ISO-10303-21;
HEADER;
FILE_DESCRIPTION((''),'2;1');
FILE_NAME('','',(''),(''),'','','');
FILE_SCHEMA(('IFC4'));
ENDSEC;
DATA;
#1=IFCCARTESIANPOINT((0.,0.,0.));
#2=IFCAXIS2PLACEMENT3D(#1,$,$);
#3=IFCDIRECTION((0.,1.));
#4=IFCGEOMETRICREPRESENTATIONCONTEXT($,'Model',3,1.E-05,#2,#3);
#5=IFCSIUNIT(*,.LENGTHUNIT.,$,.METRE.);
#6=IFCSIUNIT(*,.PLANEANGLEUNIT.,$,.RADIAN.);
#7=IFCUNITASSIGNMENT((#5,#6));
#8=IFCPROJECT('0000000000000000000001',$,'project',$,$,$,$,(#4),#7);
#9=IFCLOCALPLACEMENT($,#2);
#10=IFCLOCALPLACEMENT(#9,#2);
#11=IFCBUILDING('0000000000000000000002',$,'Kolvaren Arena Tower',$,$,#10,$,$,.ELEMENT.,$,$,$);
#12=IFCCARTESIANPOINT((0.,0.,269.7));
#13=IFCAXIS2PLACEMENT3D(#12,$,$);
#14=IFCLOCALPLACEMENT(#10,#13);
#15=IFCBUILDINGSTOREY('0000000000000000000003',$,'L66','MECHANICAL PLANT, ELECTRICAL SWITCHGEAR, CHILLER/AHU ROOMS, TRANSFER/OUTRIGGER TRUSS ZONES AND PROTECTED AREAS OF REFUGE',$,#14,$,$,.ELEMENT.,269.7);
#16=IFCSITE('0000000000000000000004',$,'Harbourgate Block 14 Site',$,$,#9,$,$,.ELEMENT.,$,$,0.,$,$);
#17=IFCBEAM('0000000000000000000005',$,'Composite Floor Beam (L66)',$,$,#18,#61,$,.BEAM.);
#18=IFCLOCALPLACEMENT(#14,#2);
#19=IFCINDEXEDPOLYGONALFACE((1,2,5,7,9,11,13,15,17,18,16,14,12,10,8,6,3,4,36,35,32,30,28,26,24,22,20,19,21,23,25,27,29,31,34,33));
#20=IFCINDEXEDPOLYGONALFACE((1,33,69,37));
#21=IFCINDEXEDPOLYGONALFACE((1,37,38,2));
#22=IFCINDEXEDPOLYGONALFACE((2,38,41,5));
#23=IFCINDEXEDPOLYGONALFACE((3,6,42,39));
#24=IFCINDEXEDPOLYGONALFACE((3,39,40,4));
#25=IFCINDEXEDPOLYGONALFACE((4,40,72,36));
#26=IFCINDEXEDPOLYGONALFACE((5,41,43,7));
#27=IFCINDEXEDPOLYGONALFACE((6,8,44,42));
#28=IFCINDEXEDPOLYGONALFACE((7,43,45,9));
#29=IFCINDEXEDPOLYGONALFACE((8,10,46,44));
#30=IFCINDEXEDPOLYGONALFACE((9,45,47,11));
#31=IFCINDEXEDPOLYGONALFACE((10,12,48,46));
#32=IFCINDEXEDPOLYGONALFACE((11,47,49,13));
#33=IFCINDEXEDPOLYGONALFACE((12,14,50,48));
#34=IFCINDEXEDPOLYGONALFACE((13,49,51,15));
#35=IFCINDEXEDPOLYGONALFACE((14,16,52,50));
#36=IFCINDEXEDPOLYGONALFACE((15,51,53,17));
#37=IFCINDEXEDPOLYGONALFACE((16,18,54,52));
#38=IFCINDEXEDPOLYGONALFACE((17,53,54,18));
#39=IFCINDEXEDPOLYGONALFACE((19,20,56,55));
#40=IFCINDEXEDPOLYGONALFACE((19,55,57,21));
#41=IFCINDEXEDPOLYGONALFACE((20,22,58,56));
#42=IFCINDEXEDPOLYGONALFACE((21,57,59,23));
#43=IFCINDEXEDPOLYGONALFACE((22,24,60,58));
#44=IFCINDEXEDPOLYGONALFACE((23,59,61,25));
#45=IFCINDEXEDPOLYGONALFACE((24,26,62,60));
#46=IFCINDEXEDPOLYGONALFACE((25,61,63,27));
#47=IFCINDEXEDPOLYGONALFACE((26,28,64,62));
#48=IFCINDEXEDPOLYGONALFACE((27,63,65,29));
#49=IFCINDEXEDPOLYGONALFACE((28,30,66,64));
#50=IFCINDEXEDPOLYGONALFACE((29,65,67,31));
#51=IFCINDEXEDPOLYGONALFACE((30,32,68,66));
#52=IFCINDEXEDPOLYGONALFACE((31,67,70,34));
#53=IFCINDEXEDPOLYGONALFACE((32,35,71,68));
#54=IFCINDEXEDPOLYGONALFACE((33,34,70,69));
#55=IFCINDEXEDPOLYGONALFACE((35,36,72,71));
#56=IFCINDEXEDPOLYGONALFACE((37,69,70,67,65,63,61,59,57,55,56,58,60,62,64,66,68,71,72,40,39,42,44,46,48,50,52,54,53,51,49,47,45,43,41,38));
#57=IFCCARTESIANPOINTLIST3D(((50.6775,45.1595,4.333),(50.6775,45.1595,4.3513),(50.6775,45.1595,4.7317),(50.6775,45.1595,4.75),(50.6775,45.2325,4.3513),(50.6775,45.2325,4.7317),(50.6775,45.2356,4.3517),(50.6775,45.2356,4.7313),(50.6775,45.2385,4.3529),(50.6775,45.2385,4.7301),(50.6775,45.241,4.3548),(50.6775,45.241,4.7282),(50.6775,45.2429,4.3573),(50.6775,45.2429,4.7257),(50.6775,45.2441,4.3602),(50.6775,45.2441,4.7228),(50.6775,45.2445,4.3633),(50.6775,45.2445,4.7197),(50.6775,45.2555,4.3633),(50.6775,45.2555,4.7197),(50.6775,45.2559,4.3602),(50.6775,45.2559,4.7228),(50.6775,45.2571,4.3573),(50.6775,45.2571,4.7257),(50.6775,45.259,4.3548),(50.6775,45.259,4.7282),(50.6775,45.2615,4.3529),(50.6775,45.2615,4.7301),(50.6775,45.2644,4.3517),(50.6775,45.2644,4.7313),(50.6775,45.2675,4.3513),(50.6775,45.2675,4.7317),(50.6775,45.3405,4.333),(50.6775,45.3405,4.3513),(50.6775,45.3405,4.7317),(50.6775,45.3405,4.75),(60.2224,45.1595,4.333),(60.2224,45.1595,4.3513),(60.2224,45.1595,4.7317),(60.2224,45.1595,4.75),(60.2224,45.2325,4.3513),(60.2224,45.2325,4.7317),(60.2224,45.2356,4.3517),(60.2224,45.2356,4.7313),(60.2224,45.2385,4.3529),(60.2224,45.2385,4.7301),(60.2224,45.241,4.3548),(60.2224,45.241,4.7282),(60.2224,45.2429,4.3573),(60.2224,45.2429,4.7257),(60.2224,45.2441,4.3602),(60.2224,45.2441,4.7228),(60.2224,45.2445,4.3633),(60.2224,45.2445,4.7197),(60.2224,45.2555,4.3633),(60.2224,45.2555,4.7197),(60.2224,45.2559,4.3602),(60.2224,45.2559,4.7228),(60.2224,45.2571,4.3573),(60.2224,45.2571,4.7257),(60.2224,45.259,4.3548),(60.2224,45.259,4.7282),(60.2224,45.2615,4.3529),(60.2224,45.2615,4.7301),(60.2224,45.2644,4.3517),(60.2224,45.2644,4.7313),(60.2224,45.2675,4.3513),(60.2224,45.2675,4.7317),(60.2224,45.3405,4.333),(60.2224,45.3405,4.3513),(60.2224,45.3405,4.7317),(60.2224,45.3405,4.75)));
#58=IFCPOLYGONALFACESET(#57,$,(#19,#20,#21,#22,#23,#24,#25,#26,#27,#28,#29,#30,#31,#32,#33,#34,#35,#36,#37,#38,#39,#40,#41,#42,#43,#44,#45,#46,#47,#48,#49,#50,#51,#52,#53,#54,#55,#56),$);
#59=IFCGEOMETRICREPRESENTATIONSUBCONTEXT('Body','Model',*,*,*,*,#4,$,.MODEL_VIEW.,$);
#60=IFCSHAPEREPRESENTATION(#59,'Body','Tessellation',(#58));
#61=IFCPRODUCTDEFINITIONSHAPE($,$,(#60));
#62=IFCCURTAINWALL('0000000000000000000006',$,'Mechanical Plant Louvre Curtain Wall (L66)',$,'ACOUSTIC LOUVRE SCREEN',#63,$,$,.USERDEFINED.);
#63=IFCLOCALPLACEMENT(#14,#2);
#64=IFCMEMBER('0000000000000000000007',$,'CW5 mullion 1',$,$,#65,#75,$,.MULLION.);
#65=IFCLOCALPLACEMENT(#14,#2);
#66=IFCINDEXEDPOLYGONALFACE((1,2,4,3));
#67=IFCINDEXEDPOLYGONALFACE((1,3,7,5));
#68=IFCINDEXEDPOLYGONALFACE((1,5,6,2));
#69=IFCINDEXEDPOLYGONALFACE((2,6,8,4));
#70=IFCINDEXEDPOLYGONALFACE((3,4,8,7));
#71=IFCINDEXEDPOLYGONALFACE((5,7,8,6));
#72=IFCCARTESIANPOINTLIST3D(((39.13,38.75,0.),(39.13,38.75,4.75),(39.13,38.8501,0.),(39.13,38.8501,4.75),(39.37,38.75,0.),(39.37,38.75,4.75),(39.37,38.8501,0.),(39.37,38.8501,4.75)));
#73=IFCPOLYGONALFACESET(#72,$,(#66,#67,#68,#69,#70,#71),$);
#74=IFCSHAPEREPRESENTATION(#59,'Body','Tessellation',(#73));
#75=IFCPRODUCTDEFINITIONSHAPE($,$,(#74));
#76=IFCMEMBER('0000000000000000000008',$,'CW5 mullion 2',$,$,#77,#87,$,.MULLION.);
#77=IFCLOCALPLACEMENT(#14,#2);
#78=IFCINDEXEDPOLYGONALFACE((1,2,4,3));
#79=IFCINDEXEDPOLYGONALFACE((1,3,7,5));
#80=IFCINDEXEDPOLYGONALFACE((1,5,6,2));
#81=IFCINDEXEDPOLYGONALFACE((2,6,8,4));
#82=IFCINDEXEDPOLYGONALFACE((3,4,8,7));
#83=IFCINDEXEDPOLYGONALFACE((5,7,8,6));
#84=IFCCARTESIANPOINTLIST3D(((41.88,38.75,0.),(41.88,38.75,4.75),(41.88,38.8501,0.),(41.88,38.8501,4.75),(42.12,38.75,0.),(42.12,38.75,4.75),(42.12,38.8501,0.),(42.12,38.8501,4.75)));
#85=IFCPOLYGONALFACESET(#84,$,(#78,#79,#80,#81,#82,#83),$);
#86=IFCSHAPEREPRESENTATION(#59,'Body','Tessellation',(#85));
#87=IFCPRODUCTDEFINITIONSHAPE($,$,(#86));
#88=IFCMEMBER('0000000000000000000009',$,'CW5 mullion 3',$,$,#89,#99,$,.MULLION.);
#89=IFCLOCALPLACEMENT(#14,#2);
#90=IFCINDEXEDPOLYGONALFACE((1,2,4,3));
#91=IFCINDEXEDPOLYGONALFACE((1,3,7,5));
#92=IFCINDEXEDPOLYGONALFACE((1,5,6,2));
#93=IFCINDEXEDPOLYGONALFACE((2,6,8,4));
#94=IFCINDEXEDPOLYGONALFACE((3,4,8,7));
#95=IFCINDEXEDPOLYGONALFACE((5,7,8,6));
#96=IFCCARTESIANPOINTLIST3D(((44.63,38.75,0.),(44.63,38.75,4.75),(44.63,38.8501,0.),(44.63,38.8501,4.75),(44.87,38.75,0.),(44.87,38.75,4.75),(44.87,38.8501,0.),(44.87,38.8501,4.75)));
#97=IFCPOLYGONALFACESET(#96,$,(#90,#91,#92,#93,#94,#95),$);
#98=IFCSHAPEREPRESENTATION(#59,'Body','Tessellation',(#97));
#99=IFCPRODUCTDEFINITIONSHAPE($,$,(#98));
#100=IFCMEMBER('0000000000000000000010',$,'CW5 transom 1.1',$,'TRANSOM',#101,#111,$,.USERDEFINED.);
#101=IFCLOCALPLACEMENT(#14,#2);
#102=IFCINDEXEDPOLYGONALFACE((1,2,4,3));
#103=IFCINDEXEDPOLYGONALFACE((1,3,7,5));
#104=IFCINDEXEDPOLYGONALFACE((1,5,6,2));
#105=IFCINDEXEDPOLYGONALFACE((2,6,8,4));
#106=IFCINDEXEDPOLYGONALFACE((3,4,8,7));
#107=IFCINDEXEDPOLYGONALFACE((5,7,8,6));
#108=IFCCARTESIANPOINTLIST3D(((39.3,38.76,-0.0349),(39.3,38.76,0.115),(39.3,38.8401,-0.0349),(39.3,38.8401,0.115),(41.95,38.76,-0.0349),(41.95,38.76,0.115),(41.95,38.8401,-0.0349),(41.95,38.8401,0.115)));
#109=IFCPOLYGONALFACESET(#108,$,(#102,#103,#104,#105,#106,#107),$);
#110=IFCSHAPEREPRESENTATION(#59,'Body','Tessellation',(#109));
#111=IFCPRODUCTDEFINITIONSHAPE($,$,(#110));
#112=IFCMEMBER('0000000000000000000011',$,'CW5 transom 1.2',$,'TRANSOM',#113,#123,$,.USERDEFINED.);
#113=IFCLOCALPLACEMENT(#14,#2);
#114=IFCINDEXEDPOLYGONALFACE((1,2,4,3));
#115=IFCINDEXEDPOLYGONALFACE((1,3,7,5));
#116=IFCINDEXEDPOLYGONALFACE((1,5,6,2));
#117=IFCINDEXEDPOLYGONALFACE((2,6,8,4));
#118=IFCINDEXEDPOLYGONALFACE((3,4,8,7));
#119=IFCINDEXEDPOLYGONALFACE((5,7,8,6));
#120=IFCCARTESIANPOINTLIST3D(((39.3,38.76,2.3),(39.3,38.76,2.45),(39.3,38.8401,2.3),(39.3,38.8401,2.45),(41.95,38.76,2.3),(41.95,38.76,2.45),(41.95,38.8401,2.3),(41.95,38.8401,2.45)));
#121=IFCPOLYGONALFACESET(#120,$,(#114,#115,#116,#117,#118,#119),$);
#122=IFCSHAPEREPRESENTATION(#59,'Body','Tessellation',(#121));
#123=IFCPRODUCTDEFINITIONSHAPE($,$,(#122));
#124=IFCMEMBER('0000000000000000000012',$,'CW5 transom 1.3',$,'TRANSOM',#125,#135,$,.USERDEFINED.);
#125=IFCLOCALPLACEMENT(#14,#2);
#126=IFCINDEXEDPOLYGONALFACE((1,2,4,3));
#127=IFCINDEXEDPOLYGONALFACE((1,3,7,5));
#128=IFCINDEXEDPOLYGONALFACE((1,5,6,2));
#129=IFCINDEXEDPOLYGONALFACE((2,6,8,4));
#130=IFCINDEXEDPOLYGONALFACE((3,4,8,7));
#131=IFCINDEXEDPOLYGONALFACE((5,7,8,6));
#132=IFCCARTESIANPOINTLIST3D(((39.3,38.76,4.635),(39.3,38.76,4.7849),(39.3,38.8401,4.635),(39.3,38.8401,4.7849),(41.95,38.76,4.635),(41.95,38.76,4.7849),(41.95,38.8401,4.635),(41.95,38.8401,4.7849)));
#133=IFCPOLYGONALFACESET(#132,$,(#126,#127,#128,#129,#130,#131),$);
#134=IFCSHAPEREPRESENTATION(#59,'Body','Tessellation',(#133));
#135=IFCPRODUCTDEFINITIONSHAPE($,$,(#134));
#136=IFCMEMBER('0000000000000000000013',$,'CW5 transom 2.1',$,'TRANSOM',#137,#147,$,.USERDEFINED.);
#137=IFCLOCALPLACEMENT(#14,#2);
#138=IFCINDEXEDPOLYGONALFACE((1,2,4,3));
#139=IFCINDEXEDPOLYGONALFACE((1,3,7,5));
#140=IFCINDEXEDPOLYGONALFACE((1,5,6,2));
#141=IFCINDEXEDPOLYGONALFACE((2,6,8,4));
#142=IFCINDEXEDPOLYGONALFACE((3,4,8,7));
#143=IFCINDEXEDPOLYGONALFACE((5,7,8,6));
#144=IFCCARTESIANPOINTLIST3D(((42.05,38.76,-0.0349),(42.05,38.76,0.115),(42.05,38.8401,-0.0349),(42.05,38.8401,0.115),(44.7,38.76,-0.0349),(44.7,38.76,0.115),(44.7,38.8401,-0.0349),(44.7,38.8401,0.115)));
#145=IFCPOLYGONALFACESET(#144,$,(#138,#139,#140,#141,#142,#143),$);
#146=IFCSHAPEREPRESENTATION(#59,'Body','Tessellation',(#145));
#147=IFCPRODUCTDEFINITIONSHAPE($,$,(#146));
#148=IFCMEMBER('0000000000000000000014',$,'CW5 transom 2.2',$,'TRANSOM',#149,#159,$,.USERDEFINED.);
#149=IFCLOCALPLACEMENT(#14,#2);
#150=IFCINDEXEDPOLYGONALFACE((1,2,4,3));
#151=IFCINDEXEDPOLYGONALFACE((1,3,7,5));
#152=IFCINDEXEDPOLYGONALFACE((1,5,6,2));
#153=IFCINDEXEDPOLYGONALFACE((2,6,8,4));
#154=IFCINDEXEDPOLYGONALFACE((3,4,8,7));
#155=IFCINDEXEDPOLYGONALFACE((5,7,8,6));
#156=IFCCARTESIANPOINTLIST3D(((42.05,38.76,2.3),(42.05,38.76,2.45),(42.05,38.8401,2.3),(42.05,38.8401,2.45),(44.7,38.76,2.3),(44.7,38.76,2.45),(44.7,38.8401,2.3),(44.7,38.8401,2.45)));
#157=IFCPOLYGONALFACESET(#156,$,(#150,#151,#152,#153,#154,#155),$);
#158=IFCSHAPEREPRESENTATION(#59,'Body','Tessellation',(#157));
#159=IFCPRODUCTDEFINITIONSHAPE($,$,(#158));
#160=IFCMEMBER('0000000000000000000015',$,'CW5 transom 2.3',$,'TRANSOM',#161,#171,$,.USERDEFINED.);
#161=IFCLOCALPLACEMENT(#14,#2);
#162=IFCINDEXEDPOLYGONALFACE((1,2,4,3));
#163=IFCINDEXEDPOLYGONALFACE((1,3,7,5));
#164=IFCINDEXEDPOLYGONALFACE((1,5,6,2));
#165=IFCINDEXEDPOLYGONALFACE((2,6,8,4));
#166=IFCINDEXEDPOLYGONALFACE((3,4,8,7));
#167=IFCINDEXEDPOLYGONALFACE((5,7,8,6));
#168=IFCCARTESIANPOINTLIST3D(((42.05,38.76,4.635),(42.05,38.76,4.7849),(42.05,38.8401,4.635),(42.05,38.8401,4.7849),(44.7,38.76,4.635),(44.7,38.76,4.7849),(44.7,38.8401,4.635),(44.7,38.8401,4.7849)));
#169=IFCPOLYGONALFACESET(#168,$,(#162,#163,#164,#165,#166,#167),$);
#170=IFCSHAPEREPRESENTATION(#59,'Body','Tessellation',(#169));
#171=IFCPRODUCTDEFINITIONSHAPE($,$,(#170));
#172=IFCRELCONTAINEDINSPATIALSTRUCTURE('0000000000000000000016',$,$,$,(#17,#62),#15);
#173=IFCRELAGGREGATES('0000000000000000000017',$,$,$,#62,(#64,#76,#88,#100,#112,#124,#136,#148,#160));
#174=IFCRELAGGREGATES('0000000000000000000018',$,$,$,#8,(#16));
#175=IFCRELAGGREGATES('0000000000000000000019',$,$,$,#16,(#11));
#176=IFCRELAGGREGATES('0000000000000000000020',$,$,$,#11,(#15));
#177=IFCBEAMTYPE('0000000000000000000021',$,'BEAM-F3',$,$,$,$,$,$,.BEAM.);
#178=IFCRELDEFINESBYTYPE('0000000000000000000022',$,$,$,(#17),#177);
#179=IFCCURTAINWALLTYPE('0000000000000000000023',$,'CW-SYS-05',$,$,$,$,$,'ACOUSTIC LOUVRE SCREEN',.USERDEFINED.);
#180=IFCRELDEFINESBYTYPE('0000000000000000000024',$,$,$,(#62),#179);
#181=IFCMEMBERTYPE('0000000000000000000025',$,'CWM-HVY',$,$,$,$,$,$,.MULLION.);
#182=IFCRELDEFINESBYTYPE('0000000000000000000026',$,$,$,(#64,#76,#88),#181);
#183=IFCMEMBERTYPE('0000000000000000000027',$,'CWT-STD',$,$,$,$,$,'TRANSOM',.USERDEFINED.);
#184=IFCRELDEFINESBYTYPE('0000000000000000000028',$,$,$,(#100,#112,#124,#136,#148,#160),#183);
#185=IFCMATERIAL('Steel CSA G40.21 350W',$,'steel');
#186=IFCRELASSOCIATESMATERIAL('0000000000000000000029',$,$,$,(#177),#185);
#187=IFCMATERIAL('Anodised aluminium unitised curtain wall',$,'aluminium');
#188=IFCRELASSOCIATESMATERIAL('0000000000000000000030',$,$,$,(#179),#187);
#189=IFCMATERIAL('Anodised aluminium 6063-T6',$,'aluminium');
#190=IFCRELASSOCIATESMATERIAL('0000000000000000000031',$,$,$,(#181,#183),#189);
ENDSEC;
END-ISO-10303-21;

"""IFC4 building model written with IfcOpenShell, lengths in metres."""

from ifc_helpers import new_model, si_unit, direction, frame, origin, origin_2d, place, context, subcontext, project, spatial, rectangle, i_section, extrude, material, material_profile, profile_set, type_object, element, aggregate, save


model = new_model("IFC4")

# Units and contexts
model_context = context("Model", 3, precision=1e-05, world=origin(), true_north=direction((0.0, 1.0)))
body_context = subcontext(model_context, "Body", "Model", "MODEL_VIEW")
ifc_project = project(units=[si_unit("LENGTHUNIT", "METRE"), si_unit("PLANEANGLEUNIT", "RADIAN")], contexts=[model_context])

# Site, building, storey
site_placement = place(None, origin())
site = spatial("IfcSite", under=ifc_project, at=site_placement, Name="Harbourgate Block 14 Site", CompositionType="ELEMENT", RefElevation=0.0)
building_placement = place(site_placement, origin())
building = spatial("IfcBuilding", under=site, at=building_placement, Name="Kolvaren Arena Tower", CompositionType="ELEMENT")
storey_placement = place(building_placement, frame((0.0, 0.0, 269.7)))
storey = spatial("IfcBuildingStorey", under=building, at=storey_placement, Name="L66", Description="MECHANICAL PLANT, ELECTRICAL SWITCHGEAR, CHILLER/AHU ROOMS, TRANSFER/OUTRIGGER TRUSS ZONES AND PROTECTED AREAS OF REFUGE", CompositionType="ELEMENT", Elevation=269.7)

# Beam
ifc_material_1 = material(Name="Steel CSA G40.21 350W", Category="steel")
ifc_material_profile_1 = material_profile(ifc_material_1, i_section(OverallWidth=0.1809, OverallDepth=0.417, WebThickness=0.011, FlangeThickness=0.0183, FilletRadius=0.012, at=origin_2d()), Name="W410x85")
ifc_profile_set_1 = profile_set([ifc_material_profile_1], Name="Steel CSA G40.21 350W")
beam_type_1 = type_object("IfcBeamType", Name="BEAM-F3", PredefinedType="BEAM", material=ifc_profile_set_1)
beam_1_placement = place(storey_placement, frame((50.6775, 45.25, 4.5415), z_axis=(1.0, 0.0, 0.0), x_axis=(0.0, 1.0, 0.0)))
element("IfcBeam", 1, at=beam_1_placement, inside=storey, type_object=beam_type_1, Name="Composite Floor Beam (L66)", PredefinedType="BEAM", context=body_context, shape_type="SweptSolid", body=[
    extrude(i_section(OverallWidth=0.1809, OverallDepth=0.417, WebThickness=0.011, FlangeThickness=0.0183, FilletRadius=0.012, at=origin_2d()), origin(), (0.0, 0.0, 1.0), 9.5449),
])

# Curtain wall, members
ifc_material_2 = material(Name="Anodised aluminium unitised curtain wall", Category="aluminium")
curtain_wall_type = type_object("IfcCurtainWallType", Name="CW-SYS-05", ElementType="ACOUSTIC LOUVRE SCREEN", PredefinedType="USERDEFINED", material=ifc_material_2)
curtain_wall_placement = place(storey_placement, origin())
curtain_wall = element("IfcCurtainWall", 2, at=curtain_wall_placement, inside=storey, type_object=curtain_wall_type, Name="Mechanical Plant Louvre Curtain Wall (L66)", ObjectType="ACOUSTIC LOUVRE SCREEN", PredefinedType="USERDEFINED")
ifc_material_3 = material(Name="Anodised aluminium 6063-T6", Category="aluminium")
ifc_material_profile_2 = material_profile(ifc_material_3, rectangle(XDim=0.1001, YDim=0.24, at=origin_2d()), Name="ALU-100x240")
ifc_profile_set_2 = profile_set([ifc_material_profile_2], Name="Anodised aluminium 6063-T6")
member_type_1 = type_object("IfcMemberType", Name="CWM-HVY", PredefinedType="MULLION", material=ifc_profile_set_2)
member_1_placement = place(storey_placement, frame((39.25, 38.8, 0.0), z_axis=(0.0, 0.0, 1.0), x_axis=(0.0, 1.0, 0.0)))
member_1 = element("IfcMember", 3, at=member_1_placement, type_object=member_type_1, Name="CW5 mullion 1", PredefinedType="MULLION", context=body_context, shape_type="SweptSolid", body=[
    extrude(rectangle(XDim=0.1001, YDim=0.24, at=origin_2d()), origin(), (0.0, 0.0, 1.0), 4.75),
])
member_2_placement = place(storey_placement, frame((42.0, 38.8, 0.0), z_axis=(0.0, 0.0, 1.0), x_axis=(0.0, 1.0, 0.0)))
member_2 = element("IfcMember", 4, at=member_2_placement, type_object=member_type_1, Name="CW5 mullion 2", PredefinedType="MULLION", context=body_context, shape_type="SweptSolid", body=[
    extrude(rectangle(XDim=0.1001, YDim=0.24, at=origin_2d()), origin(), (0.0, 0.0, 1.0), 4.75),
])
member_3_placement = place(storey_placement, frame((44.75, 38.8, 0.0), z_axis=(0.0, 0.0, 1.0), x_axis=(0.0, 1.0, 0.0)))
member_3 = element("IfcMember", 5, at=member_3_placement, type_object=member_type_1, Name="CW5 mullion 3", PredefinedType="MULLION", context=body_context, shape_type="SweptSolid", body=[
    extrude(rectangle(XDim=0.1001, YDim=0.24, at=origin_2d()), origin(), (0.0, 0.0, 1.0), 4.75),
])
ifc_material_profile_3 = material_profile(ifc_material_3, rectangle(XDim=0.0801, YDim=0.1499, at=origin_2d()), Name="ALU-80x150")
ifc_profile_set_3 = profile_set([ifc_material_profile_3], Name="Anodised aluminium 6063-T6")
member_type_2 = type_object("IfcMemberType", Name="CWT-STD", ElementType="TRANSOM", PredefinedType="USERDEFINED", material=ifc_profile_set_3)
member_4_placement = place(storey_placement, frame((39.3, 38.8, 0.04), z_axis=(1.0, 0.0, 0.0), x_axis=(0.0, 1.0, 0.0)))
member_4 = element("IfcMember", 6, at=member_4_placement, type_object=member_type_2, Name="CW5 transom 1.1", ObjectType="TRANSOM", PredefinedType="USERDEFINED", context=body_context, shape_type="SweptSolid", body=[
    extrude(rectangle(XDim=0.0801, YDim=0.1499, at=origin_2d()), origin(), (0.0, 0.0, 1.0), 2.6499),
])
member_5_placement = place(storey_placement, frame((39.3, 38.8, 2.375), z_axis=(1.0, 0.0, 0.0), x_axis=(0.0, 1.0, 0.0)))
member_5 = element("IfcMember", 7, at=member_5_placement, type_object=member_type_2, Name="CW5 transom 1.2", ObjectType="TRANSOM", PredefinedType="USERDEFINED", context=body_context, shape_type="SweptSolid", body=[
    extrude(rectangle(XDim=0.0801, YDim=0.1499, at=origin_2d()), origin(), (0.0, 0.0, 1.0), 2.6499),
])
member_6_placement = place(storey_placement, frame((39.3, 38.8, 4.71), z_axis=(1.0, 0.0, 0.0), x_axis=(0.0, 1.0, 0.0)))
member_6 = element("IfcMember", 8, at=member_6_placement, type_object=member_type_2, Name="CW5 transom 1.3", ObjectType="TRANSOM", PredefinedType="USERDEFINED", context=body_context, shape_type="SweptSolid", body=[
    extrude(rectangle(XDim=0.0801, YDim=0.1499, at=origin_2d()), origin(), (0.0, 0.0, 1.0), 2.6499),
])
member_7_placement = place(storey_placement, frame((42.05, 38.8, 0.04), z_axis=(1.0, 0.0, 0.0), x_axis=(0.0, 1.0, 0.0)))
member_7 = element("IfcMember", 9, at=member_7_placement, type_object=member_type_2, Name="CW5 transom 2.1", ObjectType="TRANSOM", PredefinedType="USERDEFINED", context=body_context, shape_type="SweptSolid", body=[
    extrude(rectangle(XDim=0.0801, YDim=0.1499, at=origin_2d()), origin(), (0.0, 0.0, 1.0), 2.6499),
])
member_8_placement = place(storey_placement, frame((42.05, 38.8, 2.375), z_axis=(1.0, 0.0, 0.0), x_axis=(0.0, 1.0, 0.0)))
member_8 = element("IfcMember", 10, at=member_8_placement, type_object=member_type_2, Name="CW5 transom 2.2", ObjectType="TRANSOM", PredefinedType="USERDEFINED", context=body_context, shape_type="SweptSolid", body=[
    extrude(rectangle(XDim=0.0801, YDim=0.1499, at=origin_2d()), origin(), (0.0, 0.0, 1.0), 2.6499),
])
member_9_placement = place(storey_placement, frame((42.05, 38.8, 4.71), z_axis=(1.0, 0.0, 0.0), x_axis=(0.0, 1.0, 0.0)))
member_9 = element("IfcMember", 11, at=member_9_placement, type_object=member_type_2, Name="CW5 transom 2.3", ObjectType="TRANSOM", PredefinedType="USERDEFINED", context=body_context, shape_type="SweptSolid", body=[
    extrude(rectangle(XDim=0.0801, YDim=0.1499, at=origin_2d()), origin(), (0.0, 0.0, 1.0), 2.6499),
])

aggregate(curtain_wall, [member_1, member_2, member_3, member_4, member_5, member_6, member_7, member_8, member_9])

save(model, "model.ifc")
